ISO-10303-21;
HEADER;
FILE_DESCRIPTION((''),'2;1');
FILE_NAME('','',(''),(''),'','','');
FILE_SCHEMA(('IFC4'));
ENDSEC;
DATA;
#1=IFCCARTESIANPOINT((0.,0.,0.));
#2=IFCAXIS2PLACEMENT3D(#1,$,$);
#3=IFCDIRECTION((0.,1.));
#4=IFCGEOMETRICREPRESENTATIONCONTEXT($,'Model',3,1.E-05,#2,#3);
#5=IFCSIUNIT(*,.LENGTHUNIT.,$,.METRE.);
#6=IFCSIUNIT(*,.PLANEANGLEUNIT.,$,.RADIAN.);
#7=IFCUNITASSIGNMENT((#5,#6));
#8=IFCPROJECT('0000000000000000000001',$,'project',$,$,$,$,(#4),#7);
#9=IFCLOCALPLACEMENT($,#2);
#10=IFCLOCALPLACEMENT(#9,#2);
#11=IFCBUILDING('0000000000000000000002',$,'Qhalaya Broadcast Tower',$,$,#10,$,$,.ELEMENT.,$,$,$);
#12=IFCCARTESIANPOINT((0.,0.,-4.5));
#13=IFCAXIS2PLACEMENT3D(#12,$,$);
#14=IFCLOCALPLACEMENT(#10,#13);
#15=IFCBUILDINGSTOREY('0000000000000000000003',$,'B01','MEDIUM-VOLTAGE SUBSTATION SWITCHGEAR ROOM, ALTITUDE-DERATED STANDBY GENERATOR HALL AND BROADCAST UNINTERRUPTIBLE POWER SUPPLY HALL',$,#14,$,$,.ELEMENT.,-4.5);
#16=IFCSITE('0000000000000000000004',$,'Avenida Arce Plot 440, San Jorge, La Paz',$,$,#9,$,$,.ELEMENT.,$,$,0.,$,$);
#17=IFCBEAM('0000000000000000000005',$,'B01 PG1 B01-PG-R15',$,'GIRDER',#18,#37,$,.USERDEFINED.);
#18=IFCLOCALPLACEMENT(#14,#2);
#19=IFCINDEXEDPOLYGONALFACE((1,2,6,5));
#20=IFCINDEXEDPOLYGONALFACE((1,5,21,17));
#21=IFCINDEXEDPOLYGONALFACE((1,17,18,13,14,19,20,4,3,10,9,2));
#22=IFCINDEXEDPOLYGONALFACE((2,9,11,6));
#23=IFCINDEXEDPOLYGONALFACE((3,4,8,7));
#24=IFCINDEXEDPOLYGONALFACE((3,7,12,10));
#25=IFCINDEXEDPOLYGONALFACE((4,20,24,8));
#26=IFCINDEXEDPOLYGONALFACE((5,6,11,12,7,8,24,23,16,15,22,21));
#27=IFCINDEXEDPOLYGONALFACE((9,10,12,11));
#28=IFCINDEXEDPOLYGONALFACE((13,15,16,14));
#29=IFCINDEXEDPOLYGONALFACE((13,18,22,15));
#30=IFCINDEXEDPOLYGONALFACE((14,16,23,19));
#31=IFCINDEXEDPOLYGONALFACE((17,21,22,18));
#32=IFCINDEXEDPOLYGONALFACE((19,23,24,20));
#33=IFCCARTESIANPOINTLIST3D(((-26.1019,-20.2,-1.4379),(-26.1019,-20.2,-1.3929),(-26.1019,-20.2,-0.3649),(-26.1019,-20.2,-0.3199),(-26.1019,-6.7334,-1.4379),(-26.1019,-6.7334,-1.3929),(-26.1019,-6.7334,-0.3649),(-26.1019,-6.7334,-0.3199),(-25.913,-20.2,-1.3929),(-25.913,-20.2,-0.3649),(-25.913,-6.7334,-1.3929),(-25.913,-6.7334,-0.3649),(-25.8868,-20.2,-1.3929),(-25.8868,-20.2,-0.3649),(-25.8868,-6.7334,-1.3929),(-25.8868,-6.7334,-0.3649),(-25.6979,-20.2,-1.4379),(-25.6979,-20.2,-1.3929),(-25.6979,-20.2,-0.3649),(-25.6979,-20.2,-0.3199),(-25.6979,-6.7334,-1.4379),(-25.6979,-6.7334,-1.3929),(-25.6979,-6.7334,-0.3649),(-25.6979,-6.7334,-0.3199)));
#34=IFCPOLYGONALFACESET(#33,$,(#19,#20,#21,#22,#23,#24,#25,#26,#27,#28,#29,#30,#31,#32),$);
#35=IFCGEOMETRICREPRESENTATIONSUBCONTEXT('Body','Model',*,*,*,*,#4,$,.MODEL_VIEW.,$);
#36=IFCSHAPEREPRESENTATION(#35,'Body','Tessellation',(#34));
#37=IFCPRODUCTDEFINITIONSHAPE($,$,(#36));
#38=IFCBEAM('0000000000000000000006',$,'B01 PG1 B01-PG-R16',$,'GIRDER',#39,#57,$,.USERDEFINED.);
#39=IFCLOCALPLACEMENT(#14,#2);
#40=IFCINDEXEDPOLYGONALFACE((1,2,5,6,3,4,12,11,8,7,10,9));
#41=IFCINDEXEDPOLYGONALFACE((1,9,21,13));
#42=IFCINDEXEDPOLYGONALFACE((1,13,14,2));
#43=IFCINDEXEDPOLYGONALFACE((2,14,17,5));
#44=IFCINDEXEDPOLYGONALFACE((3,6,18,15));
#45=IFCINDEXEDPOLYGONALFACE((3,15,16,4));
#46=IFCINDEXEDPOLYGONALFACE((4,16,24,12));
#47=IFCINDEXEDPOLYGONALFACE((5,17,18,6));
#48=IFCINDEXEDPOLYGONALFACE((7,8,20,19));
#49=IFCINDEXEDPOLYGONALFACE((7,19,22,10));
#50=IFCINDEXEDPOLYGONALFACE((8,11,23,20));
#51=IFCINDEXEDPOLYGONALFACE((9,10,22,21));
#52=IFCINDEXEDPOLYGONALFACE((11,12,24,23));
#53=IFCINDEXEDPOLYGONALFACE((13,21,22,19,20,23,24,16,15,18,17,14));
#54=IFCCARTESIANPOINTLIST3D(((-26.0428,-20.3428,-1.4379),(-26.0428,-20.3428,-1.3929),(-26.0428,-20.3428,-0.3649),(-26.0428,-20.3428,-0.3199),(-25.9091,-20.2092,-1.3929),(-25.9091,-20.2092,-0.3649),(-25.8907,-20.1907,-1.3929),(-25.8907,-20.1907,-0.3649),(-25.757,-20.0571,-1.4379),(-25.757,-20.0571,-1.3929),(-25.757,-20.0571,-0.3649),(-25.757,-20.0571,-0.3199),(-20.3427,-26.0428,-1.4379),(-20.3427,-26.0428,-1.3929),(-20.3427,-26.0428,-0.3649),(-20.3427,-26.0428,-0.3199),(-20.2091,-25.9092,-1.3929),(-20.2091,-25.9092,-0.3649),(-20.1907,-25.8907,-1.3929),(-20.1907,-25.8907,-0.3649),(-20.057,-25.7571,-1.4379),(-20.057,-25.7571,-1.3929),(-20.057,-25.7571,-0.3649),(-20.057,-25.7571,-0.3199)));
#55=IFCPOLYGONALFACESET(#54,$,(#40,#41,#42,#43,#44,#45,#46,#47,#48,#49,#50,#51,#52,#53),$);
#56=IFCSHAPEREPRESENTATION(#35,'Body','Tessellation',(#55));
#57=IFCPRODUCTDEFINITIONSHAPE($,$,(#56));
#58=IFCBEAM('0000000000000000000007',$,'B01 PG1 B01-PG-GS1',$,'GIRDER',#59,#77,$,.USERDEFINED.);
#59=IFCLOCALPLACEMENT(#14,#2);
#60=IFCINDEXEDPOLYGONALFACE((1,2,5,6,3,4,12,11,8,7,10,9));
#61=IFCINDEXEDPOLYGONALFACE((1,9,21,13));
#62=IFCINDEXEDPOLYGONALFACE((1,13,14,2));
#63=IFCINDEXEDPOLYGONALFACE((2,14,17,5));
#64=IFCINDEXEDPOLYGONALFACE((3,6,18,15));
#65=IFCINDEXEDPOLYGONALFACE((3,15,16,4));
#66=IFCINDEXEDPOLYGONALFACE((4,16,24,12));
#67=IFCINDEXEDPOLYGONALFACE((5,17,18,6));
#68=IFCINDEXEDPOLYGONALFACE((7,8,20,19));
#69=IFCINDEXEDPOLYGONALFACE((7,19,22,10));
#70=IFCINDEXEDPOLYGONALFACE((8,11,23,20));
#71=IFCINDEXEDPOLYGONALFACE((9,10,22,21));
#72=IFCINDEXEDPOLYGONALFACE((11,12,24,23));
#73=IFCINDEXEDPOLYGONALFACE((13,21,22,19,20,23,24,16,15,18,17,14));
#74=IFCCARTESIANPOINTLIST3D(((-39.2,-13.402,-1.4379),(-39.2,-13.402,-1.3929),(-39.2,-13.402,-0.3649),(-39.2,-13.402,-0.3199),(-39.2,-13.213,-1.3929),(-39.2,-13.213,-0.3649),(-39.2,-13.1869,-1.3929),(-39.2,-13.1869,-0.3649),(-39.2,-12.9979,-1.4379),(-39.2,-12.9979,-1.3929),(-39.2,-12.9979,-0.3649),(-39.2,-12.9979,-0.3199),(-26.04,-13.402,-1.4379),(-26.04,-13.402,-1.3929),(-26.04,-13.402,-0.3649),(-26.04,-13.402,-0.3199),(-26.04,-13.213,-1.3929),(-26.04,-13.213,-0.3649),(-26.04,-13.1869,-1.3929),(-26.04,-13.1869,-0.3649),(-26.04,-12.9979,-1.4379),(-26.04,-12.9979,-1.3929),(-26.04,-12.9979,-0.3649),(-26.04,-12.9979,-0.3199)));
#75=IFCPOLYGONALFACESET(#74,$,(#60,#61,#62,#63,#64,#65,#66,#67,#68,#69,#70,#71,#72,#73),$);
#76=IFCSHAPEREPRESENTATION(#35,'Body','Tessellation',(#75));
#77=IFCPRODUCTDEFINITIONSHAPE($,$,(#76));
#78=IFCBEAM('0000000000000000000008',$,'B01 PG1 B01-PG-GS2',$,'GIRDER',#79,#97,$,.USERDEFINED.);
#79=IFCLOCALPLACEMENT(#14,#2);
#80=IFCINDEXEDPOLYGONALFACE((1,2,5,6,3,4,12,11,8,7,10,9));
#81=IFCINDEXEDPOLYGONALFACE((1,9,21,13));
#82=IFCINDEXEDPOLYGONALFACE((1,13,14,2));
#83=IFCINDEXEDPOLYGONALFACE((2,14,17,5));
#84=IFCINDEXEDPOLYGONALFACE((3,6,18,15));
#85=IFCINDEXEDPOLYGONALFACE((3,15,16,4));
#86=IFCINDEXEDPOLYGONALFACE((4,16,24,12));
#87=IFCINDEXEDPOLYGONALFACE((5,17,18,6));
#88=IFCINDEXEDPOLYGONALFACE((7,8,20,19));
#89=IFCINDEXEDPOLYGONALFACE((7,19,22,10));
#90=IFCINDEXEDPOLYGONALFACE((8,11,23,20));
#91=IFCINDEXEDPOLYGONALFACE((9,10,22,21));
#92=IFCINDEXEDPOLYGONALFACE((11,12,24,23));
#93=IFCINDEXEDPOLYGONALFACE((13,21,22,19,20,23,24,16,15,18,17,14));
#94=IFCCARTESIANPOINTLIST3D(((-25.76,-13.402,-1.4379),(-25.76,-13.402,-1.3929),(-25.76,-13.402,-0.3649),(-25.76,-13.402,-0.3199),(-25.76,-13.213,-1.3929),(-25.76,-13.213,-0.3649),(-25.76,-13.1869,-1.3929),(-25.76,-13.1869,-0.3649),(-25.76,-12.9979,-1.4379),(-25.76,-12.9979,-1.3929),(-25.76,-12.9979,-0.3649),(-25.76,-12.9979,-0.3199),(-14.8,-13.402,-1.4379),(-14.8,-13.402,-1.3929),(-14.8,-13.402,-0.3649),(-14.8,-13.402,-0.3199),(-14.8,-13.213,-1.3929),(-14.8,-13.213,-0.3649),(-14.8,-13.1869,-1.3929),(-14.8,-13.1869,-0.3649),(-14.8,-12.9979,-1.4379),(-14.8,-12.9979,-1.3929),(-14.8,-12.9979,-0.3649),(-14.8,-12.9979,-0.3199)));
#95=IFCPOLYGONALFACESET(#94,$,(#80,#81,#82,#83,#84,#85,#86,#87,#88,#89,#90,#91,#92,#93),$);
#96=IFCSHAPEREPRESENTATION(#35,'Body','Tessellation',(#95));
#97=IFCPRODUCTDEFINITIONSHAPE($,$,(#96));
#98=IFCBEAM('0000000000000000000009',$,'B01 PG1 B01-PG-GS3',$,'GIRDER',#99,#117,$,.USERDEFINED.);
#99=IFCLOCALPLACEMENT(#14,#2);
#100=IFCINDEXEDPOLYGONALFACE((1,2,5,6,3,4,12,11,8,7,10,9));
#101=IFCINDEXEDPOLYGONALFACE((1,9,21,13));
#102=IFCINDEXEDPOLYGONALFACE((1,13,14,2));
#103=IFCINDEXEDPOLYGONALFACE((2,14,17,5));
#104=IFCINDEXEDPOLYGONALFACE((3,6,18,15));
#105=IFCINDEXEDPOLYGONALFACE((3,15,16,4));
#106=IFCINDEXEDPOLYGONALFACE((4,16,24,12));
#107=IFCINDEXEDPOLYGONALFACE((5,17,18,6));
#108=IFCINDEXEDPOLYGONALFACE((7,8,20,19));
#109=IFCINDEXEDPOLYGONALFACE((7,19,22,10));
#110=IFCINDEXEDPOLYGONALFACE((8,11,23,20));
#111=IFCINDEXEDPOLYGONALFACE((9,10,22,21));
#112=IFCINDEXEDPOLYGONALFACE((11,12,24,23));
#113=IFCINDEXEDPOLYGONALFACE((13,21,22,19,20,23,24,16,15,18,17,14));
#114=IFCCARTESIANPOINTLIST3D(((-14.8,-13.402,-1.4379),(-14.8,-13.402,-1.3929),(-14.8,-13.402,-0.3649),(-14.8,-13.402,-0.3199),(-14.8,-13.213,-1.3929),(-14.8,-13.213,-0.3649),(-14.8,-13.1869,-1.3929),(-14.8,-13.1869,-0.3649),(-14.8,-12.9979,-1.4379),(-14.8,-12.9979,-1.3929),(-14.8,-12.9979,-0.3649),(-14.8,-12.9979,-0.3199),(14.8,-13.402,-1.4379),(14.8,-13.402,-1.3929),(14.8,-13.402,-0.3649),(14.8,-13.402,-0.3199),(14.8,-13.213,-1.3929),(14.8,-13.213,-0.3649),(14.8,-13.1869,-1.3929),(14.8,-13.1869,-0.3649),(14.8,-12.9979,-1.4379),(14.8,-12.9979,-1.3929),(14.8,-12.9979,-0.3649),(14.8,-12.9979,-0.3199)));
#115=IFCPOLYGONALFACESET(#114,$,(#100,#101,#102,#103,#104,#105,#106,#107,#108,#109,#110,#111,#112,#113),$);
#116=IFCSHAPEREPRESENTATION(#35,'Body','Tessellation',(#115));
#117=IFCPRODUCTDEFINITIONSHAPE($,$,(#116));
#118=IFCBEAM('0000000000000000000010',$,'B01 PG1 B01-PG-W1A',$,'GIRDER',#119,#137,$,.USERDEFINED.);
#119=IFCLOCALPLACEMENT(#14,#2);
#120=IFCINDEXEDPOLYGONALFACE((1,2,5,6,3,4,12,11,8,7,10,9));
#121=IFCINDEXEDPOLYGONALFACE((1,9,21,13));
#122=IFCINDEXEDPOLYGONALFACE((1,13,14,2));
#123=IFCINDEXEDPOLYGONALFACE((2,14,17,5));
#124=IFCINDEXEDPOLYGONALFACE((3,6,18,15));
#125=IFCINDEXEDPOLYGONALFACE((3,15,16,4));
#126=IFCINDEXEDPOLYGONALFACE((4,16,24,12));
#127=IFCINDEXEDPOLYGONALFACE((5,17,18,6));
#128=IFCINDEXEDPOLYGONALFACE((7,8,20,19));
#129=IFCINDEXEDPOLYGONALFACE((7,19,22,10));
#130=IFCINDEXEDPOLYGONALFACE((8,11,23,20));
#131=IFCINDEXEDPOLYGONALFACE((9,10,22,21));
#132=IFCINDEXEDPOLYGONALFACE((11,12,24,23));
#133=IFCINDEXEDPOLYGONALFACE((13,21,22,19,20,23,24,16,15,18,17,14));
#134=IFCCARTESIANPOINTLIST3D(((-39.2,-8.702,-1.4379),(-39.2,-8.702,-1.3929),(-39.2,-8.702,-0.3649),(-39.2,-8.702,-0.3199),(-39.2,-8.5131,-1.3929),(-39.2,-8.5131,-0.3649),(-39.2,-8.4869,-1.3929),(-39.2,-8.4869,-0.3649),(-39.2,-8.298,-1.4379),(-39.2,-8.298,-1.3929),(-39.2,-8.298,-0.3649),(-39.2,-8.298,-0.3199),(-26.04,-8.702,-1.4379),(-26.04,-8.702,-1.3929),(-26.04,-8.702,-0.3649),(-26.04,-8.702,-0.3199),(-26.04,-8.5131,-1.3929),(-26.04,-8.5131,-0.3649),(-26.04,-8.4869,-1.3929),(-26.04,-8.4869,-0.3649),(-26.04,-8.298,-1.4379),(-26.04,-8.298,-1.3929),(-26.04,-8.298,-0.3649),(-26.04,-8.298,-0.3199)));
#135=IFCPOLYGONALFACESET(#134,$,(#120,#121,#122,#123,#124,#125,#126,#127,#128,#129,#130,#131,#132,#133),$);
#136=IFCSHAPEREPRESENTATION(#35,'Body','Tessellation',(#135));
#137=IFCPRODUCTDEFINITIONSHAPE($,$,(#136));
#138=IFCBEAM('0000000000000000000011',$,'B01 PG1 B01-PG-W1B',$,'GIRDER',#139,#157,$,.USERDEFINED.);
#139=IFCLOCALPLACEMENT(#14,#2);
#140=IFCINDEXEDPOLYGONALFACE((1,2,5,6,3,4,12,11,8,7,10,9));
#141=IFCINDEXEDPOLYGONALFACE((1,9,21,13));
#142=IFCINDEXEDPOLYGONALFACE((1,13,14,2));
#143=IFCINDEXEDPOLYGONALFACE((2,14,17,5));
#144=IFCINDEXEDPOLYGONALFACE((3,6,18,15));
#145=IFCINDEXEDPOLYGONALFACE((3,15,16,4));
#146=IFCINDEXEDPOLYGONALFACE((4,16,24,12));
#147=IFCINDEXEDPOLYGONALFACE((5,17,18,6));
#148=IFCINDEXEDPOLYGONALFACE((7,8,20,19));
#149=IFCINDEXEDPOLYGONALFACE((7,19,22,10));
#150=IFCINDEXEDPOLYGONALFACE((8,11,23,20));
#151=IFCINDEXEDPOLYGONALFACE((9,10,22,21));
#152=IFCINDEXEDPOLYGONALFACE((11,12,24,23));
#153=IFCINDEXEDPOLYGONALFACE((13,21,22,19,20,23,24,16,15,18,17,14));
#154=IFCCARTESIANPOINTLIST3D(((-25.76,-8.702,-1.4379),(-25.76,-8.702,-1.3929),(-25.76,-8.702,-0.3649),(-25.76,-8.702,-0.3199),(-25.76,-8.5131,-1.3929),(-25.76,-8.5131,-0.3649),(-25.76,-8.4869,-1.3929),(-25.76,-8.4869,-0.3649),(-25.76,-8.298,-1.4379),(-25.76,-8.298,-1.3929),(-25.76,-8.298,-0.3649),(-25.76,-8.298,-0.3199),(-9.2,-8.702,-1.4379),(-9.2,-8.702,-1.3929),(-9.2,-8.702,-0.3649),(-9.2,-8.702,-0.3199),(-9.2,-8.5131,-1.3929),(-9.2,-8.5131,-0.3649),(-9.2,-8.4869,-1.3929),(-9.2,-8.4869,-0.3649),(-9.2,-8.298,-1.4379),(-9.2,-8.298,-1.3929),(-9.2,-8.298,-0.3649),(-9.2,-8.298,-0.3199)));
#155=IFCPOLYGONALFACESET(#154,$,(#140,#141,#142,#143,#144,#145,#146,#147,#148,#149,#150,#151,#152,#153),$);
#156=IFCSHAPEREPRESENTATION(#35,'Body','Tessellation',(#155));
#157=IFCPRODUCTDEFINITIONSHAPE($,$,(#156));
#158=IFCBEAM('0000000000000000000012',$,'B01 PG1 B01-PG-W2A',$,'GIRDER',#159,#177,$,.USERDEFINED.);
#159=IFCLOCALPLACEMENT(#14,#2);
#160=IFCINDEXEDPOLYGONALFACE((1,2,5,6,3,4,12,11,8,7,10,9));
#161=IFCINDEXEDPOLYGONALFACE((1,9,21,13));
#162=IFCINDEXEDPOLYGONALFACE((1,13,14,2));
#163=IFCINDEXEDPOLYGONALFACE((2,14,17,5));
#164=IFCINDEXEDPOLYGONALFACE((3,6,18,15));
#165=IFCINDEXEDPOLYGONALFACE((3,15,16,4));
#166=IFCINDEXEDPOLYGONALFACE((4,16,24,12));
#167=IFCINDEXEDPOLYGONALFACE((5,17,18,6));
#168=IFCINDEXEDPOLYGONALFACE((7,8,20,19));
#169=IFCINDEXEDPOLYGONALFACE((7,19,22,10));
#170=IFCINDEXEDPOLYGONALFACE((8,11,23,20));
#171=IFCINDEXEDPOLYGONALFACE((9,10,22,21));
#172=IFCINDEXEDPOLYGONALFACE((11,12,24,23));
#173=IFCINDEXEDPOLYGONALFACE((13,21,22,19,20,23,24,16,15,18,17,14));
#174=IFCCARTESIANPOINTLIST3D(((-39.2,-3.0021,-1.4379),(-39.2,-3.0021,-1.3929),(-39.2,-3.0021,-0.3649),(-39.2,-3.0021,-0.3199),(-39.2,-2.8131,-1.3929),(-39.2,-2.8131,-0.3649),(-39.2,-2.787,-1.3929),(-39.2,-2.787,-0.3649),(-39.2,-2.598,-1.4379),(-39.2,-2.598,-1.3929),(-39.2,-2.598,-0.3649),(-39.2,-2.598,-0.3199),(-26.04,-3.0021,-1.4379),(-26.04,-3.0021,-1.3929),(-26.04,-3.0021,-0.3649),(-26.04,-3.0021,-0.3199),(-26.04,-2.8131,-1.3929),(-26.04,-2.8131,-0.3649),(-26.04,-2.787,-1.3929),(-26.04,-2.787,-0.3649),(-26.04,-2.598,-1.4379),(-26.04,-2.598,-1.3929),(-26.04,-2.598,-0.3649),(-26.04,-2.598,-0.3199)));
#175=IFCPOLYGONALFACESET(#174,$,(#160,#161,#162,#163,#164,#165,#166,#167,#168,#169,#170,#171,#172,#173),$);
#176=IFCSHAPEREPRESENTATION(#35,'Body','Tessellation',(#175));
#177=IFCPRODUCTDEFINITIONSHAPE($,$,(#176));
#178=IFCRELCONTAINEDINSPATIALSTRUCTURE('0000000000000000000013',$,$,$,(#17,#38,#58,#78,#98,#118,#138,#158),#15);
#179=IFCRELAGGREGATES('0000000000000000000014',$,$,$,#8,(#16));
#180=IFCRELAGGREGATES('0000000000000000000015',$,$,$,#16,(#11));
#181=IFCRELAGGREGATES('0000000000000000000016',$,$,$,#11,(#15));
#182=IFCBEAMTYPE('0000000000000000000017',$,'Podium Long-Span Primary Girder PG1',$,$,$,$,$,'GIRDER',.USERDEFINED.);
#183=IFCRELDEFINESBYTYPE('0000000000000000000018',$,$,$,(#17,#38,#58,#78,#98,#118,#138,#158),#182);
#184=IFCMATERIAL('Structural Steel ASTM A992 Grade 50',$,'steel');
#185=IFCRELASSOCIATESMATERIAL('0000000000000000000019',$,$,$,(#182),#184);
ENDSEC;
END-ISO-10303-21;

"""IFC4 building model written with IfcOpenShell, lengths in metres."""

from ifc_helpers import new_model, si_unit, direction, frame, origin, origin_2d, place, context, subcontext, project, spatial, i_section, extrude, material, material_profile, profile_set, type_object, element, save


model = new_model("IFC4")

# Units and contexts
model_context = context("Model", 3, precision=1e-05, world=origin(), true_north=direction((0.0, 1.0)))
body_context = subcontext(model_context, "Body", "Model", "MODEL_VIEW")
ifc_project = project(units=[si_unit("LENGTHUNIT", "METRE"), si_unit("PLANEANGLEUNIT", "RADIAN")], contexts=[model_context])

# Site, building, storey
site_placement = place(None, origin())
site = spatial("IfcSite", under=ifc_project, at=site_placement, Name="Avenida Arce Plot 440, San Jorge, La Paz", CompositionType="ELEMENT", RefElevation=0.0)
building_placement = place(site_placement, origin())
building = spatial("IfcBuilding", under=site, at=building_placement, Name="Qhalaya Broadcast Tower", CompositionType="ELEMENT")
storey_placement = place(building_placement, frame((0.0, 0.0, -4.5)))
storey = spatial("IfcBuildingStorey", under=building, at=storey_placement, Name="B01", Description="MEDIUM-VOLTAGE SUBSTATION SWITCHGEAR ROOM, ALTITUDE-DERATED STANDBY GENERATOR HALL AND BROADCAST UNINTERRUPTIBLE POWER SUPPLY HALL", CompositionType="ELEMENT", Elevation=-4.5)

# Beams
ifc_material_1 = material(Name="Structural Steel ASTM A992 Grade 50", Category="steel")
ifc_material_profile_1 = material_profile(ifc_material_1, i_section(OverallWidth=0.4041, OverallDepth=1.1179, WebThickness=0.0261, FlangeThickness=0.0449, at=origin_2d()), Name="W44X335")
ifc_profile_set_1 = profile_set([ifc_material_profile_1], Name="Structural Steel ASTM A992 Grade 50")
beam_type_1 = type_object("IfcBeamType", Name="Podium Long-Span Primary Girder PG1", ElementType="GIRDER", PredefinedType="USERDEFINED", material=ifc_profile_set_1)
for number, where, z_axis, x_axis, name in (
    (1, (-25.8999, -6.7334, -0.8789), (0.0, -1.0, 0.0), (1.0, 0.0, 0.0), "B01 PG1 B01-PG-R15"),
):
    element("IfcBeam", number, at=place(storey_placement, frame(where, z_axis=z_axis, x_axis=x_axis)), inside=storey, type_object=beam_type_1, Name=name, ObjectType="GIRDER", PredefinedType="USERDEFINED", context=body_context, shape_type="SweptSolid", body=[
        extrude(i_section(OverallWidth=0.4041, OverallDepth=1.1179, WebThickness=0.0261, FlangeThickness=0.0449, at=origin_2d()), origin(), (0.0, 0.0, 1.0), 13.4666),
    ])
beam_1_placement = place(storey_placement, frame((-25.8999, -20.2, -0.8789), z_axis=(0.707107, -0.707107, 0.0), x_axis=(0.707107, 0.707107, 0.0)))
element("IfcBeam", 2, at=beam_1_placement, inside=storey, type_object=beam_type_1, Name="B01 PG1 B01-PG-R16", ObjectType="GIRDER", PredefinedType="USERDEFINED", context=body_context, shape_type="SweptSolid", body=[
    extrude(i_section(OverallWidth=0.4041, OverallDepth=1.1179, WebThickness=0.0261, FlangeThickness=0.0449, at=origin_2d()), origin(), (0.0, 0.0, 1.0), 8.061),
])
beam_2_placement = place(storey_placement, frame((-39.2, -13.2, -0.8789), z_axis=(1.0, 0.0, 0.0), x_axis=(0.0, 1.0, 0.0)))
element("IfcBeam", 3, at=beam_2_placement, inside=storey, type_object=beam_type_1, Name="B01 PG1 B01-PG-GS1", ObjectType="GIRDER", PredefinedType="USERDEFINED", context=body_context, shape_type="SweptSolid", body=[
    extrude(i_section(OverallWidth=0.4041, OverallDepth=1.1179, WebThickness=0.0261, FlangeThickness=0.0449, at=origin_2d()), origin(), (0.0, 0.0, 1.0), 13.1599),
])
beam_3_placement = place(storey_placement, frame((-25.76, -13.2, -0.8789), z_axis=(1.0, 0.0, 0.0), x_axis=(0.0, 1.0, 0.0)))
element("IfcBeam", 4, at=beam_3_placement, inside=storey, type_object=beam_type_1, Name="B01 PG1 B01-PG-GS2", ObjectType="GIRDER", PredefinedType="USERDEFINED", context=body_context, shape_type="SweptSolid", body=[
    extrude(i_section(OverallWidth=0.4041, OverallDepth=1.1179, WebThickness=0.0261, FlangeThickness=0.0449, at=origin_2d()), origin(), (0.0, 0.0, 1.0), 10.96),
])
beam_4_placement = place(storey_placement, frame((-14.8, -13.2, -0.8789), z_axis=(1.0, 0.0, 0.0), x_axis=(0.0, 1.0, 0.0)))
element("IfcBeam", 5, at=beam_4_placement, inside=storey, type_object=beam_type_1, Name="B01 PG1 B01-PG-GS3", ObjectType="GIRDER", PredefinedType="USERDEFINED", context=body_context, shape_type="SweptSolid", body=[
    extrude(i_section(OverallWidth=0.4041, OverallDepth=1.1179, WebThickness=0.0261, FlangeThickness=0.0449, at=origin_2d()), origin(), (0.0, 0.0, 1.0), 29.6001),
])
beam_5_placement = place(storey_placement, frame((-39.2, -8.5, -0.8789), z_axis=(1.0, 0.0, 0.0), x_axis=(0.0, 1.0, 0.0)))
element("IfcBeam", 6, at=beam_5_placement, inside=storey, type_object=beam_type_1, Name="B01 PG1 B01-PG-W1A", ObjectType="GIRDER", PredefinedType="USERDEFINED", context=body_context, shape_type="SweptSolid", body=[
    extrude(i_section(OverallWidth=0.4041, OverallDepth=1.1179, WebThickness=0.0261, FlangeThickness=0.0449, at=origin_2d()), origin(), (0.0, 0.0, 1.0), 13.1599),
])
beam_6_placement = place(storey_placement, frame((-25.76, -8.5, -0.8789), z_axis=(1.0, 0.0, 0.0), x_axis=(0.0, 1.0, 0.0)))
element("IfcBeam", 7, at=beam_6_placement, inside=storey, type_object=beam_type_1, Name="B01 PG1 B01-PG-W1B", ObjectType="GIRDER", PredefinedType="USERDEFINED", context=body_context, shape_type="SweptSolid", body=[
    extrude(i_section(OverallWidth=0.4041, OverallDepth=1.1179, WebThickness=0.0261, FlangeThickness=0.0449, at=origin_2d()), origin(), (0.0, 0.0, 1.0), 16.5601),
])
beam_7_placement = place(storey_placement, frame((-39.2, -2.8, -0.8789), z_axis=(1.0, 0.0, 0.0), x_axis=(0.0, 1.0, 0.0)))
element("IfcBeam", 8, at=beam_7_placement, inside=storey, type_object=beam_type_1, Name="B01 PG1 B01-PG-W2A", ObjectType="GIRDER", PredefinedType="USERDEFINED", context=body_context, shape_type="SweptSolid", body=[
    extrude(i_section(OverallWidth=0.4041, OverallDepth=1.1179, WebThickness=0.0261, FlangeThickness=0.0449, at=origin_2d()), origin(), (0.0, 0.0, 1.0), 13.1599),
])

save(model, "model.ifc")
